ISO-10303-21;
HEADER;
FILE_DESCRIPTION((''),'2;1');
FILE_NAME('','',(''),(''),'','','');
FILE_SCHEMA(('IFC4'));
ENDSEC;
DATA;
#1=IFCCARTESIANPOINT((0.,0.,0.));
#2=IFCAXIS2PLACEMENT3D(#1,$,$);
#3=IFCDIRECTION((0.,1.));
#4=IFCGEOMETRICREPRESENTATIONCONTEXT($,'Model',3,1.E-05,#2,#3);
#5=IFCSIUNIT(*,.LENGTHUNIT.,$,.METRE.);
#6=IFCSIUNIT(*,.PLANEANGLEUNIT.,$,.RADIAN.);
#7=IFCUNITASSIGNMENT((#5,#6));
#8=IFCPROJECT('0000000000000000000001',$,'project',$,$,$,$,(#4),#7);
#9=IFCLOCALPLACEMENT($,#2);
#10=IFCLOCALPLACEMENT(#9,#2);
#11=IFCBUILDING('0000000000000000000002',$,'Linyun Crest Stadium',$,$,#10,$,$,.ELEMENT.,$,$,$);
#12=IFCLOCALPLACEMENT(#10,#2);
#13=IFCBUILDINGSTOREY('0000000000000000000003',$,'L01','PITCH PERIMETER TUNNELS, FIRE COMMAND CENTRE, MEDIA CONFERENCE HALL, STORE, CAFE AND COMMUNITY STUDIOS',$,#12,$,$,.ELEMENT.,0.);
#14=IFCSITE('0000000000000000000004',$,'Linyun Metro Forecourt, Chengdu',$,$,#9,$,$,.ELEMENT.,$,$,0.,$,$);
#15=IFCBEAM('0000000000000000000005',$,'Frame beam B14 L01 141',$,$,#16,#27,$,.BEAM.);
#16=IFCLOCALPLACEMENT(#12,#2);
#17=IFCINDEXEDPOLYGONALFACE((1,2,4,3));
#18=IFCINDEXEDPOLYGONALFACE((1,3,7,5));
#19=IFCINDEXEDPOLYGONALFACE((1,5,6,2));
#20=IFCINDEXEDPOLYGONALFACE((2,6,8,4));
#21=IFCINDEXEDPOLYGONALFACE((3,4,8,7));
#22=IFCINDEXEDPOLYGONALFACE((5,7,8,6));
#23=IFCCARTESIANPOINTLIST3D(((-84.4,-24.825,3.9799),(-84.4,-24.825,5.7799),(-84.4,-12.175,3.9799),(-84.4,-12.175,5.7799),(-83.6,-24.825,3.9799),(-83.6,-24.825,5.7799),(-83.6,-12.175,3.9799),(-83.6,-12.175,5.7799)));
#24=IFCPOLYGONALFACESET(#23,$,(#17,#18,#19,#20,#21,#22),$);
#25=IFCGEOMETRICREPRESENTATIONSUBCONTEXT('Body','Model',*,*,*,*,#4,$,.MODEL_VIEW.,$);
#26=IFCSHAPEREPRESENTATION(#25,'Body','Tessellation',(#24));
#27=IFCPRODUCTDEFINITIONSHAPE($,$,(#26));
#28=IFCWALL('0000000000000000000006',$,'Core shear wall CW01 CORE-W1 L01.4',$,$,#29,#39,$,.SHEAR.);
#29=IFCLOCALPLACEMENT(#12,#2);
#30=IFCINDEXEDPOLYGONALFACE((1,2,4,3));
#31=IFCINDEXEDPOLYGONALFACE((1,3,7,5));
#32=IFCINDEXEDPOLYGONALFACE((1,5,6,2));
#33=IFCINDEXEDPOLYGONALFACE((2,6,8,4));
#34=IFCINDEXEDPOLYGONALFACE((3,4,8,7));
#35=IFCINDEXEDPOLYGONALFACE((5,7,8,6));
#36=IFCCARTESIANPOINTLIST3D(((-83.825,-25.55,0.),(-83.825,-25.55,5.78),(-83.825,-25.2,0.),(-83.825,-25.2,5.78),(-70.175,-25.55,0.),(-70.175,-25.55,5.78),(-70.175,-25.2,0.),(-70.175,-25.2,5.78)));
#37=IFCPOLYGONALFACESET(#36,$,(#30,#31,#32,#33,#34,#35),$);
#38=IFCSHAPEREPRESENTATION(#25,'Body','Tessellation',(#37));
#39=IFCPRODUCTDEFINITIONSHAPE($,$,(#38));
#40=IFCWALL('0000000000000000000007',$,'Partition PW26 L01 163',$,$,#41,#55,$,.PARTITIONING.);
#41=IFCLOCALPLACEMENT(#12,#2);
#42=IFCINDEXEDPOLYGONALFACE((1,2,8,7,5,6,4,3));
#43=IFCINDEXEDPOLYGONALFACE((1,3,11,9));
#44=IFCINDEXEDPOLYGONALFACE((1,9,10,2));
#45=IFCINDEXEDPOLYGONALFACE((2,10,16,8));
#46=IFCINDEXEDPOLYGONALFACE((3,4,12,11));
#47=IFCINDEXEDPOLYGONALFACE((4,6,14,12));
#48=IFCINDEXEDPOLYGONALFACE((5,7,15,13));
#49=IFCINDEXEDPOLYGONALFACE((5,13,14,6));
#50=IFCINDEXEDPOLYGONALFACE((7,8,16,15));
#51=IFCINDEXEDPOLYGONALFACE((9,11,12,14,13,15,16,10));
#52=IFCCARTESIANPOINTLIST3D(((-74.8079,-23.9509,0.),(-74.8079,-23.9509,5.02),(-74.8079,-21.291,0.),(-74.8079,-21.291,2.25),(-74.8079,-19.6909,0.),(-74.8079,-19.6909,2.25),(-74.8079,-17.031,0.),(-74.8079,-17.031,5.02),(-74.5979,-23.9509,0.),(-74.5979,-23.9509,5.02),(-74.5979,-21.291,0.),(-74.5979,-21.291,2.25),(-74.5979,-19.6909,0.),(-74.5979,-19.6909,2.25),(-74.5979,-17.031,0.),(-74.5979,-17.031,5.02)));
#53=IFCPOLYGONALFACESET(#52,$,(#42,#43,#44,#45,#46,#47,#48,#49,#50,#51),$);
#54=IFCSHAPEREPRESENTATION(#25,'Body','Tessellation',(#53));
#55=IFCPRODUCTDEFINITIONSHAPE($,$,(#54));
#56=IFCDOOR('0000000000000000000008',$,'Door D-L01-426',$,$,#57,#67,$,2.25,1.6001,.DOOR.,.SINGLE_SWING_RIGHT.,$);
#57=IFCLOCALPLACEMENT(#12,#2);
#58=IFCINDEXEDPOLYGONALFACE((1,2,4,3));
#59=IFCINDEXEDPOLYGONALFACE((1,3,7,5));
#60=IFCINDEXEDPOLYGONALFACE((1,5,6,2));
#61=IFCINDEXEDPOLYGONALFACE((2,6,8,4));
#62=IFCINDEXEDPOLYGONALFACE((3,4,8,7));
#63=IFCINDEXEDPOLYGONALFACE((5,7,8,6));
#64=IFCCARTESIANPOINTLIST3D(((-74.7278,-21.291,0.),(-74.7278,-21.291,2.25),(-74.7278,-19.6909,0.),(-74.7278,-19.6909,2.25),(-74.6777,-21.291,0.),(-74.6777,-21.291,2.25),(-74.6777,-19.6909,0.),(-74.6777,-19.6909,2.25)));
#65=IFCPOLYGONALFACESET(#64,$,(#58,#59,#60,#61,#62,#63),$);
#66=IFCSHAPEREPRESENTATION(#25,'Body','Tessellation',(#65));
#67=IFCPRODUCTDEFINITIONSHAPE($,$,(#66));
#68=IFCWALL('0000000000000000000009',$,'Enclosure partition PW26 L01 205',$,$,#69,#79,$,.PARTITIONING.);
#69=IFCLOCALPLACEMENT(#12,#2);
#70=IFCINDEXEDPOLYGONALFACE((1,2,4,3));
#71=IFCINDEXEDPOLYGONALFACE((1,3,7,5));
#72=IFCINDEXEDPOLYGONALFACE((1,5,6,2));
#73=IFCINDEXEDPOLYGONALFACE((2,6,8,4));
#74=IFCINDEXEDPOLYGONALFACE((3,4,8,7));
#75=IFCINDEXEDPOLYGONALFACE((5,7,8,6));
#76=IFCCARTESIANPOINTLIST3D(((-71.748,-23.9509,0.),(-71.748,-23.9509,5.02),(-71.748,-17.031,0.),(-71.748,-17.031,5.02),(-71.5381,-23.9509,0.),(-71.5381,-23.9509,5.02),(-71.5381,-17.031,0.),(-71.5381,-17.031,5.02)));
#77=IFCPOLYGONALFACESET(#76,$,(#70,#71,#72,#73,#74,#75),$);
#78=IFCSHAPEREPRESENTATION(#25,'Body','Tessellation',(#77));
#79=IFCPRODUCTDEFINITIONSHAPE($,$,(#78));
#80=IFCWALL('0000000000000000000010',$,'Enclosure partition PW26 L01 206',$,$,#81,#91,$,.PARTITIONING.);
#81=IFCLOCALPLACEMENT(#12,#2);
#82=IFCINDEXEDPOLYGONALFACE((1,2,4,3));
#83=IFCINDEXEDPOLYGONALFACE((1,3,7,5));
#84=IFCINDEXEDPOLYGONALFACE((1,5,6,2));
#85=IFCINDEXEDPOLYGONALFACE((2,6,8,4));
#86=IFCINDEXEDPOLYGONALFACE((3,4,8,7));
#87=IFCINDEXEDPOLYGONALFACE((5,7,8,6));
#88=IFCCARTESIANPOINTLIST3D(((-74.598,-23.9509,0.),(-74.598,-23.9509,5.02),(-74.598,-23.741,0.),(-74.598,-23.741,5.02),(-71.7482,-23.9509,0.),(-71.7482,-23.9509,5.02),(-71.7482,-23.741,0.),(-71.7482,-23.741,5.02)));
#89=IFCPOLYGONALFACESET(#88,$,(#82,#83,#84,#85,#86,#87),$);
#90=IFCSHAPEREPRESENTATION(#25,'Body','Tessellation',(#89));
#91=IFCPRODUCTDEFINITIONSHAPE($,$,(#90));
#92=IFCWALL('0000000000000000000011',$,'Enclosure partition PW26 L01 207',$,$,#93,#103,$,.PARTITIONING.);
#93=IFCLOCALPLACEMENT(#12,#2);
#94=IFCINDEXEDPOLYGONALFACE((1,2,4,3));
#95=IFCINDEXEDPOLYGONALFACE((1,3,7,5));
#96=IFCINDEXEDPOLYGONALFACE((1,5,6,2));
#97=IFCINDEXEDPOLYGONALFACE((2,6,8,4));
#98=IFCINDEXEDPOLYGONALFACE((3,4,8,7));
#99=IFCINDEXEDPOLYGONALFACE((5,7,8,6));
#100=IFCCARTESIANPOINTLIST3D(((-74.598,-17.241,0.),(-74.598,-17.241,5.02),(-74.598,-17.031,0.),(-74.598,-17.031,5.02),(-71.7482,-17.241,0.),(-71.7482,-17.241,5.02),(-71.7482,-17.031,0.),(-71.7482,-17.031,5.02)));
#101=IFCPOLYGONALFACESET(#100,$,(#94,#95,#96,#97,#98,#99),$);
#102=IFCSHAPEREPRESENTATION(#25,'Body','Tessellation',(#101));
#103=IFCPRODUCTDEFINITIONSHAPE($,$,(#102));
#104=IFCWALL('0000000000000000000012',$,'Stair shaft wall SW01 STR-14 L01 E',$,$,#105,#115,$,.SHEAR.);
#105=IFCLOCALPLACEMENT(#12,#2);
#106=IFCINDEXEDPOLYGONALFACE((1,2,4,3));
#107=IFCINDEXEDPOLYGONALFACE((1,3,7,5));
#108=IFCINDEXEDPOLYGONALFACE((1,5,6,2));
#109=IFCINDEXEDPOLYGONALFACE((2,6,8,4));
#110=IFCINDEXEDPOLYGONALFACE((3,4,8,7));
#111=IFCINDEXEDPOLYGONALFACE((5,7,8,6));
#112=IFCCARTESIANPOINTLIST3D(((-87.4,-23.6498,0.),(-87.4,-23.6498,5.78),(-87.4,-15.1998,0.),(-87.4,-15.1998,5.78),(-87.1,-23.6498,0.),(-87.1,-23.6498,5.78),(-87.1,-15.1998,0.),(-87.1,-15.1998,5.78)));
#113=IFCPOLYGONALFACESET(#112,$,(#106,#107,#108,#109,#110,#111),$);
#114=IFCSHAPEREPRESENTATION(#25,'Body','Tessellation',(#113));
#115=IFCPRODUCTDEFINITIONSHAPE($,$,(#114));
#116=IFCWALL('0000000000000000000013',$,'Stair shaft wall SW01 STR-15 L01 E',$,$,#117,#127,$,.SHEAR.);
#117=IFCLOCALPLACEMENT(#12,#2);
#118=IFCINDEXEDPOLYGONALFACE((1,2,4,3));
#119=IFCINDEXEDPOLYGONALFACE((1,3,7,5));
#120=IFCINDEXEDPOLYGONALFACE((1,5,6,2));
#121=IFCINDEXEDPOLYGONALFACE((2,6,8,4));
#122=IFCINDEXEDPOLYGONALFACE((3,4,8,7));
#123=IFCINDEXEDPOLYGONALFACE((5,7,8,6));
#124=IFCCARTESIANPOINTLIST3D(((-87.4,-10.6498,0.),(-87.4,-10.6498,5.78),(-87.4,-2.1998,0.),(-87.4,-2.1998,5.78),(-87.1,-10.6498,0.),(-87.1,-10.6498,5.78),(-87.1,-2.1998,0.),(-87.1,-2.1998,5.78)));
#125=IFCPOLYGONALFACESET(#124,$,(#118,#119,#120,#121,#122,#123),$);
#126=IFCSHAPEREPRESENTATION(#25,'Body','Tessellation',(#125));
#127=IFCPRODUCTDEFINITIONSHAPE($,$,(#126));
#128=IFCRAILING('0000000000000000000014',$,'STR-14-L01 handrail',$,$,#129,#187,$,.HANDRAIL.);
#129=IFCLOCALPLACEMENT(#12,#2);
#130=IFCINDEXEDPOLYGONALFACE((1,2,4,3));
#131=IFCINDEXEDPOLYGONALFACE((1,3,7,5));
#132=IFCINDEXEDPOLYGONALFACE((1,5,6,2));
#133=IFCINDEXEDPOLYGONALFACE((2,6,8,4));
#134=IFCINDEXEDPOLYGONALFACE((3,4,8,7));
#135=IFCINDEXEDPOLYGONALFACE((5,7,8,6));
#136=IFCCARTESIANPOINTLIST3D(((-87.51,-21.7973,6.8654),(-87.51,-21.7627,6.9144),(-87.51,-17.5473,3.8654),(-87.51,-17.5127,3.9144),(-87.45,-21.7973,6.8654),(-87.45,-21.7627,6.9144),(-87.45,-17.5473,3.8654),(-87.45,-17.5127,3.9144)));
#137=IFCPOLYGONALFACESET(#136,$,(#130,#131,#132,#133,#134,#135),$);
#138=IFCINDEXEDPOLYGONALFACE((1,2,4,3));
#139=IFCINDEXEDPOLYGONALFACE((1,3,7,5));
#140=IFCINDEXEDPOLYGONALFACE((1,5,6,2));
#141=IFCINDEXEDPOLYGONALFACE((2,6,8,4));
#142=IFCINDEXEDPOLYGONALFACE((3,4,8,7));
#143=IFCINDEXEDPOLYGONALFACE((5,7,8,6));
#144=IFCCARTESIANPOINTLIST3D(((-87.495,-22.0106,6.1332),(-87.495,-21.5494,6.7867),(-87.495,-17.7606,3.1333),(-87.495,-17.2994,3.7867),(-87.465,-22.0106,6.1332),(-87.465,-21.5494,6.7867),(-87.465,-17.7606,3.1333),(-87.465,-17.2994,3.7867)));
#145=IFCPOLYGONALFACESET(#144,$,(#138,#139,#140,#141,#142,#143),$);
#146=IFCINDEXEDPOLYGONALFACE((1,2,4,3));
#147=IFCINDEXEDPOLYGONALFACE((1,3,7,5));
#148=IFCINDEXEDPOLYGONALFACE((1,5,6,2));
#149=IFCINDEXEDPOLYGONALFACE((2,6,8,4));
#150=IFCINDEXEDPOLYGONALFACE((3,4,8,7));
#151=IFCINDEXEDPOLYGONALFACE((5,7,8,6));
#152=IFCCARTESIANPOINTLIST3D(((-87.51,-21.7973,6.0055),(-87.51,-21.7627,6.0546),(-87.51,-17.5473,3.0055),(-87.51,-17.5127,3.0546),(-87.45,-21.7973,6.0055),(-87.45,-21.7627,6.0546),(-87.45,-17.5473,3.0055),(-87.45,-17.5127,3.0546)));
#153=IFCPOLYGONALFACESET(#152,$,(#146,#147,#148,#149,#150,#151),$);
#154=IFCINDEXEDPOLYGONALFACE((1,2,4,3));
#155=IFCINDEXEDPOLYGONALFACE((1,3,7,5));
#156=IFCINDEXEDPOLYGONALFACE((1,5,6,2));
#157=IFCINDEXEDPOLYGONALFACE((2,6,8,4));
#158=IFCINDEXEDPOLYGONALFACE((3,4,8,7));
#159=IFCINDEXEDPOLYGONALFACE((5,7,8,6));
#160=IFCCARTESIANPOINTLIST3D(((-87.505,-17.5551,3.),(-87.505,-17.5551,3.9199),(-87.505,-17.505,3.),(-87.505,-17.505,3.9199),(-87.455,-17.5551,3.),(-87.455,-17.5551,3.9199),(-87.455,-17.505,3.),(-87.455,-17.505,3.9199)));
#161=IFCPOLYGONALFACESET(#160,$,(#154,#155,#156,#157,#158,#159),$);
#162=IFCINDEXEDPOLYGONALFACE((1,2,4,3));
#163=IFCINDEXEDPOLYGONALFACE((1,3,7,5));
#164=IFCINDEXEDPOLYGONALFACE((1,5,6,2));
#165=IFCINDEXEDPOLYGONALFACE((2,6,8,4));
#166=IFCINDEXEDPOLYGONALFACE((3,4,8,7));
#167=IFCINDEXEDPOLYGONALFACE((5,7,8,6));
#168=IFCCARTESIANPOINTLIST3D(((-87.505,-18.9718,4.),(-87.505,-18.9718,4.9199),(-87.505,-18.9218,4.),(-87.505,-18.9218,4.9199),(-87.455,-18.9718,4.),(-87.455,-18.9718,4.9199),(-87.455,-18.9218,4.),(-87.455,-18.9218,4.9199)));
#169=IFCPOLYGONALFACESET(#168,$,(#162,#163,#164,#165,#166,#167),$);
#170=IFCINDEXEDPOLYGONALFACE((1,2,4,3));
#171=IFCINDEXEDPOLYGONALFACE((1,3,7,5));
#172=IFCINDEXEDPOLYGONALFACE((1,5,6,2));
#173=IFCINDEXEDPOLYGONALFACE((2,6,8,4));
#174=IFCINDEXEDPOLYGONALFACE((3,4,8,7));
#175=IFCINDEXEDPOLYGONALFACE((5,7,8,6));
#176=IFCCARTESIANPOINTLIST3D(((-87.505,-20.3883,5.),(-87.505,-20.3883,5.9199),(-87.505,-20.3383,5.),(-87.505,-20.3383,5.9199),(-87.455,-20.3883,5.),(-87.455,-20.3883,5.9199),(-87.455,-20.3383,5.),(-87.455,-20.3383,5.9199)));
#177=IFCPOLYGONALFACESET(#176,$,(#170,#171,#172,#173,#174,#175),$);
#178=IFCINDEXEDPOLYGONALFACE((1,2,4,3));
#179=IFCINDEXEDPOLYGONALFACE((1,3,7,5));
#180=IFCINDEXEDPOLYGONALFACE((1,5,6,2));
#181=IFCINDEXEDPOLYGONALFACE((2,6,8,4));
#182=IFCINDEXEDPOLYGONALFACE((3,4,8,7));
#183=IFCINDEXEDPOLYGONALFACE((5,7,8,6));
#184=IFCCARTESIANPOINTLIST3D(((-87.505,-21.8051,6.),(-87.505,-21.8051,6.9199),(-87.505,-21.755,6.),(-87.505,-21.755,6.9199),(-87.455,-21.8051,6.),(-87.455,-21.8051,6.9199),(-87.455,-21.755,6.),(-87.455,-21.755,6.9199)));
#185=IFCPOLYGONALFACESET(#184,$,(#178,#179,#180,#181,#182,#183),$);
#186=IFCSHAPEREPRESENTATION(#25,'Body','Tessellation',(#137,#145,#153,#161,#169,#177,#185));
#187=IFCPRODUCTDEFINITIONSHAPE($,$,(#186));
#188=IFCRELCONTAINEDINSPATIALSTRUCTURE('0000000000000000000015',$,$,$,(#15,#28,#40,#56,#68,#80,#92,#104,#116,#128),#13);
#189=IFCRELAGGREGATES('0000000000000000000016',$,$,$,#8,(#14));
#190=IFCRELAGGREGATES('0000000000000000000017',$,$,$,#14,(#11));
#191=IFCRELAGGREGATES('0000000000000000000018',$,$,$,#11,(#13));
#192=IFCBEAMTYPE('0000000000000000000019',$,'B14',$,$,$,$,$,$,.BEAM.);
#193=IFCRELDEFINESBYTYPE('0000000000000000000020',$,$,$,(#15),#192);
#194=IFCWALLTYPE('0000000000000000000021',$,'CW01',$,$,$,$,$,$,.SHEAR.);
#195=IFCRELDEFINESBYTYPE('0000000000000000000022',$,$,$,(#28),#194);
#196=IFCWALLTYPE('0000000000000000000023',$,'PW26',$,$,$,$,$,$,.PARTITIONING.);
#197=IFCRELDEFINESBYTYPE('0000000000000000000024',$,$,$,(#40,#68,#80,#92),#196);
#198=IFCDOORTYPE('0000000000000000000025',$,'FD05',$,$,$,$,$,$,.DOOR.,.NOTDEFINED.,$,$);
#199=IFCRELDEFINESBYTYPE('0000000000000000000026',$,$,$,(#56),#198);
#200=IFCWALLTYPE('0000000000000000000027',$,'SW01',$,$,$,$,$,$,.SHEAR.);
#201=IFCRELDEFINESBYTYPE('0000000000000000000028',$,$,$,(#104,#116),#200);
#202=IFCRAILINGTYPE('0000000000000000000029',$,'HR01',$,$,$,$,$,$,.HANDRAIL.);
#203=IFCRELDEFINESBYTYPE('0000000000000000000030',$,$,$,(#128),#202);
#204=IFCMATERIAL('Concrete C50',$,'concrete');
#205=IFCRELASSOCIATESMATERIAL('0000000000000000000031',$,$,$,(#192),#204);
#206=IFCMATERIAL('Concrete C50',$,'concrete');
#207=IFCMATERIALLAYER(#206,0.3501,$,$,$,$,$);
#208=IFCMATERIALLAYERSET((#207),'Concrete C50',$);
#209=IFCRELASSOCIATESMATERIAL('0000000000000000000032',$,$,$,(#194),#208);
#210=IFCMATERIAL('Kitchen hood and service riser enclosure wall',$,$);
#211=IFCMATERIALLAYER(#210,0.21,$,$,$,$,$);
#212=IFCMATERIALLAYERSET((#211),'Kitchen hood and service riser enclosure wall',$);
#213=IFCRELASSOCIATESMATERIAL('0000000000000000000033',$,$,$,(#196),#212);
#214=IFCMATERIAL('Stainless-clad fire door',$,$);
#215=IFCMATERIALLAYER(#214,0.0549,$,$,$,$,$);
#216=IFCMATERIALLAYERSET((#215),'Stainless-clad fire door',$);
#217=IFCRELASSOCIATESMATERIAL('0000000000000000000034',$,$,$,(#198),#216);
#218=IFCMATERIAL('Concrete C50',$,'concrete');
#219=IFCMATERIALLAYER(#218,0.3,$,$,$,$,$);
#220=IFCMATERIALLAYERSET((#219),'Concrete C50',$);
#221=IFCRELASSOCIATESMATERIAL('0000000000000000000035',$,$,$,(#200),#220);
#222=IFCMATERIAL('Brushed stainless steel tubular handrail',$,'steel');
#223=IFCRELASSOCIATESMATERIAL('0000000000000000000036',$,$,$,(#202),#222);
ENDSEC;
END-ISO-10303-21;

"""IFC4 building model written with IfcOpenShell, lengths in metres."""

from ifc_helpers import new_model, si_unit, direction, frame, frame_2d, origin, origin_2d, place, context, subcontext, project, spatial, rectangle, extrude, material, layer, layer_set, material_profile, profile_set, type_object, element, fill, save


model = new_model("IFC4")

# Units and contexts
model_context = context("Model", 3, precision=1e-05, world=origin(), true_north=direction((0.0, 1.0)))
body_context = subcontext(model_context, "Body", "Model", "MODEL_VIEW")
ifc_project = project(units=[si_unit("LENGTHUNIT", "METRE"), si_unit("PLANEANGLEUNIT", "RADIAN")], contexts=[model_context])

# Site, building, storey
site_placement = place(None, origin())
site = spatial("IfcSite", under=ifc_project, at=site_placement, Name="Linyun Metro Forecourt, Chengdu", CompositionType="ELEMENT", RefElevation=0.0)
building_placement = place(site_placement, origin())
building = spatial("IfcBuilding", under=site, at=building_placement, Name="Linyun Crest Stadium", CompositionType="ELEMENT")
storey_placement = place(building_placement, origin())
storey = spatial("IfcBuildingStorey", under=building, at=storey_placement, Name="L01", Description="PITCH PERIMETER TUNNELS, FIRE COMMAND CENTRE, MEDIA CONFERENCE HALL, STORE, CAFE AND COMMUNITY STUDIOS", CompositionType="ELEMENT", Elevation=0.0)

# Beam
ifc_material_1 = material(Name="Concrete C50", Category="concrete")
ifc_material_profile_1 = material_profile(ifc_material_1, rectangle(XDim=0.8, YDim=1.8, at=origin_2d()), Name="RCB 1800x800")
ifc_profile_set_1 = profile_set([ifc_material_profile_1], Name="Concrete C50")
beam_type_1 = type_object("IfcBeamType", Name="B14", PredefinedType="BEAM", material=ifc_profile_set_1)
beam_1_placement = place(storey_placement, frame((-84.0, -24.825, 4.8799), z_axis=(0.0, 1.0, 0.0), x_axis=(-1.0, 0.0, 0.0)))
element("IfcBeam", 1, at=beam_1_placement, inside=storey, type_object=beam_type_1, Name="Frame beam B14 L01 141", PredefinedType="BEAM", context=body_context, shape_type="SweptSolid", body=[
    extrude(rectangle(XDim=0.8, YDim=1.8, at=origin_2d()), origin(), (0.0, 0.0, 1.0), 12.6499),
])

# Wall
ifc_material_2 = material(Name="Concrete C50", Category="concrete")
ifc_layer_1 = layer(ifc_material_2, 0.3501)
ifc_layer_set_1 = layer_set([ifc_layer_1], Name="Concrete C50")
wall_type_1 = type_object("IfcWallType", Name="CW01", PredefinedType="SHEAR", material=ifc_layer_set_1)
wall_1_placement = place(storey_placement, frame((-83.825, -25.375, 0.0), z_axis=(0.0, 0.0, 1.0), x_axis=(1.0, 0.0, 0.0)))
element("IfcWall", 2, at=wall_1_placement, inside=storey, type_object=wall_type_1, Name="Core shear wall CW01 CORE-W1 L01.4", PredefinedType="SHEAR", context=body_context, shape_type="SweptSolid", body=[
    extrude(rectangle(XDim=13.6499, YDim=0.3501, at=frame_2d((6.825, 0.0))), origin(), (0.0, 0.0, 1.0), 5.78),
])

# Wall, opening, door
ifc_material_3 = material(Name="Kitchen hood and service riser enclosure wall")
ifc_layer_2 = layer(ifc_material_3, 0.21)
ifc_layer_set_2 = layer_set([ifc_layer_2], Name="Kitchen hood and service riser enclosure wall")
wall_type_2 = type_object("IfcWallType", Name="PW26", PredefinedType="PARTITIONING", material=ifc_layer_set_2)
wall_2_placement = place(storey_placement, frame((-74.7029, -23.9509, 0.0), z_axis=(0.0, 0.0, 1.0), x_axis=(0.0, 1.0, 0.0)))
wall_2 = element("IfcWall", 3, at=wall_2_placement, inside=storey, type_object=wall_type_2, Name="Partition PW26 L01 163", PredefinedType="PARTITIONING", context=body_context, shape_type="SweptSolid", body=[
    extrude(rectangle(XDim=6.9199, YDim=0.21, at=frame_2d((3.46, 0.0))), origin(), (0.0, 0.0, 1.0), 5.02),
])
opening_placement = place(wall_2_placement, frame((2.6599, 0.0, 0.0)))
opening = element("IfcOpeningElement", 4, at=opening_placement, cuts=wall_2, PredefinedType="OPENING", context=body_context, shape_type="SweptSolid", body=[
    extrude(rectangle(XDim=1.6001, YDim=2.25, at=frame_2d((0.8, 1.125))), frame((0.0, 0.115, 0.0), z_axis=(0.0, -1.0, 0.0), x_axis=(1.0, 0.0, 0.0)), (0.0, 0.0, 1.0), 0.23),
])
ifc_material_4 = material(Name="Stainless-clad fire door")
ifc_layer_3 = layer(ifc_material_4, 0.0549)
ifc_layer_set_3 = layer_set([ifc_layer_3], Name="Stainless-clad fire door")
door_type = type_object("IfcDoorType", Name="FD05", OperationType="NOTDEFINED", PredefinedType="DOOR", material=ifc_layer_set_3)
door_placement = place(opening_placement, origin())
door = element("IfcDoor", 5, at=door_placement, inside=storey, type_object=door_type, Name="Door D-L01-426", OperationType="SINGLE_SWING_RIGHT", OverallHeight=2.25, OverallWidth=1.6001, PredefinedType="DOOR", context=body_context, shape_type="SweptSolid", body=[
    extrude(rectangle(XDim=1.6001, YDim=2.25, at=frame_2d((0.8, 1.125))), frame((0.0, 0.0249, 0.0), z_axis=(0.0, -1.0, 0.0), x_axis=(1.0, 0.0, 0.0)), (0.0, 0.0, 1.0), 0.05),
])
fill(opening, door)

# Walls
wall_3_placement = place(storey_placement, frame((-71.6431, -23.9509, 0.0), z_axis=(0.0, 0.0, 1.0), x_axis=(0.0, 1.0, 0.0)))
element("IfcWall", 6, at=wall_3_placement, inside=storey, type_object=wall_type_2, Name="Enclosure partition PW26 L01 205", PredefinedType="PARTITIONING", context=body_context, shape_type="SweptSolid", body=[
    extrude(rectangle(XDim=6.9199, YDim=0.21, at=frame_2d((3.46, 0.0))), origin(), (0.0, 0.0, 1.0), 5.02),
])
for number, where, z_axis, x_axis, name in (
    (7, (-74.5979, -23.8459, 0.0), (0.0, 0.0, 1.0), (1.0, 0.0, 0.0), "Enclosure partition PW26 L01 206"),
    (8, (-74.5979, -17.136, 0.0), (0.0, 0.0, 1.0), (1.0, 0.0, 0.0), "Enclosure partition PW26 L01 207"),
):
    element("IfcWall", number, at=place(storey_placement, frame(where, z_axis=z_axis, x_axis=x_axis)), inside=storey, type_object=wall_type_2, Name=name, PredefinedType="PARTITIONING", context=body_context, shape_type="SweptSolid", body=[
        extrude(rectangle(XDim=2.8499, YDim=0.21, at=frame_2d((1.4248, 0.0))), origin(), (0.0, 0.0, 1.0), 5.02),
    ])
ifc_material_5 = material(Name="Concrete C50", Category="concrete")
ifc_layer_4 = layer(ifc_material_5, 0.3)
ifc_layer_set_4 = layer_set([ifc_layer_4], Name="Concrete C50")
wall_type_3 = type_object("IfcWallType", Name="SW01", PredefinedType="SHEAR", material=ifc_layer_set_4)
for number, where, z_axis, x_axis, name in (
    (9, (-87.25, -23.6499, 0.0), (0.0, 0.0, 1.0), (0.0, 1.0, 0.0), "Stair shaft wall SW01 STR-14 L01 E"),
    (10, (-87.25, -10.6499, 0.0), (0.0, 0.0, 1.0), (0.0, 1.0, 0.0), "Stair shaft wall SW01 STR-15 L01 E"),
):
    element("IfcWall", number, at=place(storey_placement, frame(where, z_axis=z_axis, x_axis=x_axis)), inside=storey, type_object=wall_type_3, Name=name, PredefinedType="SHEAR", context=body_context, shape_type="SweptSolid", body=[
        extrude(rectangle(XDim=8.45, YDim=0.3, at=frame_2d((4.2251, 0.0))), origin(), (0.0, 0.0, 1.0), 5.78),
    ])

# Railing
ifc_material_6 = material(Name="Brushed stainless steel tubular handrail", Category="steel")
railing_type = type_object("IfcRailingType", Name="HR01", PredefinedType="HANDRAIL", material=ifc_material_6)
railing_placement = place(storey_placement, frame((-87.48, -17.53, 3.0)))
element("IfcRailing", 11, at=railing_placement, inside=storey, type_object=railing_type, Name="STR-14-L01 handrail", PredefinedType="HANDRAIL", context=body_context, shape_type="SweptSolid", body=[
    extrude(rectangle(XDim=0.0601, YDim=0.0601, at=origin_2d()), frame((0.0, 0.0, 0.8899), z_axis=(0.0, -0.816968, 0.576683), x_axis=(1.0, 0.0, 0.0)), (0.0, 0.0, 1.0), 5.2021),
    extrude(rectangle(XDim=0.03, YDim=0.7998, at=origin_2d()), frame((0.0, 0.0, 0.46), z_axis=(0.0, -0.816968, 0.576683), x_axis=(1.0, 0.0, 0.0)), (0.0, 0.0, 1.0), 5.2021),
    extrude(rectangle(XDim=0.0601, YDim=0.0601, at=origin_2d()), frame((0.0, 0.0, 0.03), z_axis=(0.0, -0.816968, 0.576683), x_axis=(1.0, 0.0, 0.0)), (0.0, 0.0, 1.0), 5.2021),
    extrude(rectangle(XDim=0.05, YDim=0.05, at=origin_2d()), origin(), (0.0, 0.0, 1.0), 0.9199),
    extrude(rectangle(XDim=0.05, YDim=0.05, at=origin_2d()), frame((0.0, -1.4167, 1.0)), (0.0, 0.0, 1.0), 0.9199),
    extrude(rectangle(XDim=0.05, YDim=0.05, at=origin_2d()), frame((0.0, -2.8333, 2.0)), (0.0, 0.0, 1.0), 0.9199),
    extrude(rectangle(XDim=0.05, YDim=0.05, at=origin_2d()), frame((0.0, -4.25, 3.0)), (0.0, 0.0, 1.0), 0.9199),
])

save(model, "model.ifc")
